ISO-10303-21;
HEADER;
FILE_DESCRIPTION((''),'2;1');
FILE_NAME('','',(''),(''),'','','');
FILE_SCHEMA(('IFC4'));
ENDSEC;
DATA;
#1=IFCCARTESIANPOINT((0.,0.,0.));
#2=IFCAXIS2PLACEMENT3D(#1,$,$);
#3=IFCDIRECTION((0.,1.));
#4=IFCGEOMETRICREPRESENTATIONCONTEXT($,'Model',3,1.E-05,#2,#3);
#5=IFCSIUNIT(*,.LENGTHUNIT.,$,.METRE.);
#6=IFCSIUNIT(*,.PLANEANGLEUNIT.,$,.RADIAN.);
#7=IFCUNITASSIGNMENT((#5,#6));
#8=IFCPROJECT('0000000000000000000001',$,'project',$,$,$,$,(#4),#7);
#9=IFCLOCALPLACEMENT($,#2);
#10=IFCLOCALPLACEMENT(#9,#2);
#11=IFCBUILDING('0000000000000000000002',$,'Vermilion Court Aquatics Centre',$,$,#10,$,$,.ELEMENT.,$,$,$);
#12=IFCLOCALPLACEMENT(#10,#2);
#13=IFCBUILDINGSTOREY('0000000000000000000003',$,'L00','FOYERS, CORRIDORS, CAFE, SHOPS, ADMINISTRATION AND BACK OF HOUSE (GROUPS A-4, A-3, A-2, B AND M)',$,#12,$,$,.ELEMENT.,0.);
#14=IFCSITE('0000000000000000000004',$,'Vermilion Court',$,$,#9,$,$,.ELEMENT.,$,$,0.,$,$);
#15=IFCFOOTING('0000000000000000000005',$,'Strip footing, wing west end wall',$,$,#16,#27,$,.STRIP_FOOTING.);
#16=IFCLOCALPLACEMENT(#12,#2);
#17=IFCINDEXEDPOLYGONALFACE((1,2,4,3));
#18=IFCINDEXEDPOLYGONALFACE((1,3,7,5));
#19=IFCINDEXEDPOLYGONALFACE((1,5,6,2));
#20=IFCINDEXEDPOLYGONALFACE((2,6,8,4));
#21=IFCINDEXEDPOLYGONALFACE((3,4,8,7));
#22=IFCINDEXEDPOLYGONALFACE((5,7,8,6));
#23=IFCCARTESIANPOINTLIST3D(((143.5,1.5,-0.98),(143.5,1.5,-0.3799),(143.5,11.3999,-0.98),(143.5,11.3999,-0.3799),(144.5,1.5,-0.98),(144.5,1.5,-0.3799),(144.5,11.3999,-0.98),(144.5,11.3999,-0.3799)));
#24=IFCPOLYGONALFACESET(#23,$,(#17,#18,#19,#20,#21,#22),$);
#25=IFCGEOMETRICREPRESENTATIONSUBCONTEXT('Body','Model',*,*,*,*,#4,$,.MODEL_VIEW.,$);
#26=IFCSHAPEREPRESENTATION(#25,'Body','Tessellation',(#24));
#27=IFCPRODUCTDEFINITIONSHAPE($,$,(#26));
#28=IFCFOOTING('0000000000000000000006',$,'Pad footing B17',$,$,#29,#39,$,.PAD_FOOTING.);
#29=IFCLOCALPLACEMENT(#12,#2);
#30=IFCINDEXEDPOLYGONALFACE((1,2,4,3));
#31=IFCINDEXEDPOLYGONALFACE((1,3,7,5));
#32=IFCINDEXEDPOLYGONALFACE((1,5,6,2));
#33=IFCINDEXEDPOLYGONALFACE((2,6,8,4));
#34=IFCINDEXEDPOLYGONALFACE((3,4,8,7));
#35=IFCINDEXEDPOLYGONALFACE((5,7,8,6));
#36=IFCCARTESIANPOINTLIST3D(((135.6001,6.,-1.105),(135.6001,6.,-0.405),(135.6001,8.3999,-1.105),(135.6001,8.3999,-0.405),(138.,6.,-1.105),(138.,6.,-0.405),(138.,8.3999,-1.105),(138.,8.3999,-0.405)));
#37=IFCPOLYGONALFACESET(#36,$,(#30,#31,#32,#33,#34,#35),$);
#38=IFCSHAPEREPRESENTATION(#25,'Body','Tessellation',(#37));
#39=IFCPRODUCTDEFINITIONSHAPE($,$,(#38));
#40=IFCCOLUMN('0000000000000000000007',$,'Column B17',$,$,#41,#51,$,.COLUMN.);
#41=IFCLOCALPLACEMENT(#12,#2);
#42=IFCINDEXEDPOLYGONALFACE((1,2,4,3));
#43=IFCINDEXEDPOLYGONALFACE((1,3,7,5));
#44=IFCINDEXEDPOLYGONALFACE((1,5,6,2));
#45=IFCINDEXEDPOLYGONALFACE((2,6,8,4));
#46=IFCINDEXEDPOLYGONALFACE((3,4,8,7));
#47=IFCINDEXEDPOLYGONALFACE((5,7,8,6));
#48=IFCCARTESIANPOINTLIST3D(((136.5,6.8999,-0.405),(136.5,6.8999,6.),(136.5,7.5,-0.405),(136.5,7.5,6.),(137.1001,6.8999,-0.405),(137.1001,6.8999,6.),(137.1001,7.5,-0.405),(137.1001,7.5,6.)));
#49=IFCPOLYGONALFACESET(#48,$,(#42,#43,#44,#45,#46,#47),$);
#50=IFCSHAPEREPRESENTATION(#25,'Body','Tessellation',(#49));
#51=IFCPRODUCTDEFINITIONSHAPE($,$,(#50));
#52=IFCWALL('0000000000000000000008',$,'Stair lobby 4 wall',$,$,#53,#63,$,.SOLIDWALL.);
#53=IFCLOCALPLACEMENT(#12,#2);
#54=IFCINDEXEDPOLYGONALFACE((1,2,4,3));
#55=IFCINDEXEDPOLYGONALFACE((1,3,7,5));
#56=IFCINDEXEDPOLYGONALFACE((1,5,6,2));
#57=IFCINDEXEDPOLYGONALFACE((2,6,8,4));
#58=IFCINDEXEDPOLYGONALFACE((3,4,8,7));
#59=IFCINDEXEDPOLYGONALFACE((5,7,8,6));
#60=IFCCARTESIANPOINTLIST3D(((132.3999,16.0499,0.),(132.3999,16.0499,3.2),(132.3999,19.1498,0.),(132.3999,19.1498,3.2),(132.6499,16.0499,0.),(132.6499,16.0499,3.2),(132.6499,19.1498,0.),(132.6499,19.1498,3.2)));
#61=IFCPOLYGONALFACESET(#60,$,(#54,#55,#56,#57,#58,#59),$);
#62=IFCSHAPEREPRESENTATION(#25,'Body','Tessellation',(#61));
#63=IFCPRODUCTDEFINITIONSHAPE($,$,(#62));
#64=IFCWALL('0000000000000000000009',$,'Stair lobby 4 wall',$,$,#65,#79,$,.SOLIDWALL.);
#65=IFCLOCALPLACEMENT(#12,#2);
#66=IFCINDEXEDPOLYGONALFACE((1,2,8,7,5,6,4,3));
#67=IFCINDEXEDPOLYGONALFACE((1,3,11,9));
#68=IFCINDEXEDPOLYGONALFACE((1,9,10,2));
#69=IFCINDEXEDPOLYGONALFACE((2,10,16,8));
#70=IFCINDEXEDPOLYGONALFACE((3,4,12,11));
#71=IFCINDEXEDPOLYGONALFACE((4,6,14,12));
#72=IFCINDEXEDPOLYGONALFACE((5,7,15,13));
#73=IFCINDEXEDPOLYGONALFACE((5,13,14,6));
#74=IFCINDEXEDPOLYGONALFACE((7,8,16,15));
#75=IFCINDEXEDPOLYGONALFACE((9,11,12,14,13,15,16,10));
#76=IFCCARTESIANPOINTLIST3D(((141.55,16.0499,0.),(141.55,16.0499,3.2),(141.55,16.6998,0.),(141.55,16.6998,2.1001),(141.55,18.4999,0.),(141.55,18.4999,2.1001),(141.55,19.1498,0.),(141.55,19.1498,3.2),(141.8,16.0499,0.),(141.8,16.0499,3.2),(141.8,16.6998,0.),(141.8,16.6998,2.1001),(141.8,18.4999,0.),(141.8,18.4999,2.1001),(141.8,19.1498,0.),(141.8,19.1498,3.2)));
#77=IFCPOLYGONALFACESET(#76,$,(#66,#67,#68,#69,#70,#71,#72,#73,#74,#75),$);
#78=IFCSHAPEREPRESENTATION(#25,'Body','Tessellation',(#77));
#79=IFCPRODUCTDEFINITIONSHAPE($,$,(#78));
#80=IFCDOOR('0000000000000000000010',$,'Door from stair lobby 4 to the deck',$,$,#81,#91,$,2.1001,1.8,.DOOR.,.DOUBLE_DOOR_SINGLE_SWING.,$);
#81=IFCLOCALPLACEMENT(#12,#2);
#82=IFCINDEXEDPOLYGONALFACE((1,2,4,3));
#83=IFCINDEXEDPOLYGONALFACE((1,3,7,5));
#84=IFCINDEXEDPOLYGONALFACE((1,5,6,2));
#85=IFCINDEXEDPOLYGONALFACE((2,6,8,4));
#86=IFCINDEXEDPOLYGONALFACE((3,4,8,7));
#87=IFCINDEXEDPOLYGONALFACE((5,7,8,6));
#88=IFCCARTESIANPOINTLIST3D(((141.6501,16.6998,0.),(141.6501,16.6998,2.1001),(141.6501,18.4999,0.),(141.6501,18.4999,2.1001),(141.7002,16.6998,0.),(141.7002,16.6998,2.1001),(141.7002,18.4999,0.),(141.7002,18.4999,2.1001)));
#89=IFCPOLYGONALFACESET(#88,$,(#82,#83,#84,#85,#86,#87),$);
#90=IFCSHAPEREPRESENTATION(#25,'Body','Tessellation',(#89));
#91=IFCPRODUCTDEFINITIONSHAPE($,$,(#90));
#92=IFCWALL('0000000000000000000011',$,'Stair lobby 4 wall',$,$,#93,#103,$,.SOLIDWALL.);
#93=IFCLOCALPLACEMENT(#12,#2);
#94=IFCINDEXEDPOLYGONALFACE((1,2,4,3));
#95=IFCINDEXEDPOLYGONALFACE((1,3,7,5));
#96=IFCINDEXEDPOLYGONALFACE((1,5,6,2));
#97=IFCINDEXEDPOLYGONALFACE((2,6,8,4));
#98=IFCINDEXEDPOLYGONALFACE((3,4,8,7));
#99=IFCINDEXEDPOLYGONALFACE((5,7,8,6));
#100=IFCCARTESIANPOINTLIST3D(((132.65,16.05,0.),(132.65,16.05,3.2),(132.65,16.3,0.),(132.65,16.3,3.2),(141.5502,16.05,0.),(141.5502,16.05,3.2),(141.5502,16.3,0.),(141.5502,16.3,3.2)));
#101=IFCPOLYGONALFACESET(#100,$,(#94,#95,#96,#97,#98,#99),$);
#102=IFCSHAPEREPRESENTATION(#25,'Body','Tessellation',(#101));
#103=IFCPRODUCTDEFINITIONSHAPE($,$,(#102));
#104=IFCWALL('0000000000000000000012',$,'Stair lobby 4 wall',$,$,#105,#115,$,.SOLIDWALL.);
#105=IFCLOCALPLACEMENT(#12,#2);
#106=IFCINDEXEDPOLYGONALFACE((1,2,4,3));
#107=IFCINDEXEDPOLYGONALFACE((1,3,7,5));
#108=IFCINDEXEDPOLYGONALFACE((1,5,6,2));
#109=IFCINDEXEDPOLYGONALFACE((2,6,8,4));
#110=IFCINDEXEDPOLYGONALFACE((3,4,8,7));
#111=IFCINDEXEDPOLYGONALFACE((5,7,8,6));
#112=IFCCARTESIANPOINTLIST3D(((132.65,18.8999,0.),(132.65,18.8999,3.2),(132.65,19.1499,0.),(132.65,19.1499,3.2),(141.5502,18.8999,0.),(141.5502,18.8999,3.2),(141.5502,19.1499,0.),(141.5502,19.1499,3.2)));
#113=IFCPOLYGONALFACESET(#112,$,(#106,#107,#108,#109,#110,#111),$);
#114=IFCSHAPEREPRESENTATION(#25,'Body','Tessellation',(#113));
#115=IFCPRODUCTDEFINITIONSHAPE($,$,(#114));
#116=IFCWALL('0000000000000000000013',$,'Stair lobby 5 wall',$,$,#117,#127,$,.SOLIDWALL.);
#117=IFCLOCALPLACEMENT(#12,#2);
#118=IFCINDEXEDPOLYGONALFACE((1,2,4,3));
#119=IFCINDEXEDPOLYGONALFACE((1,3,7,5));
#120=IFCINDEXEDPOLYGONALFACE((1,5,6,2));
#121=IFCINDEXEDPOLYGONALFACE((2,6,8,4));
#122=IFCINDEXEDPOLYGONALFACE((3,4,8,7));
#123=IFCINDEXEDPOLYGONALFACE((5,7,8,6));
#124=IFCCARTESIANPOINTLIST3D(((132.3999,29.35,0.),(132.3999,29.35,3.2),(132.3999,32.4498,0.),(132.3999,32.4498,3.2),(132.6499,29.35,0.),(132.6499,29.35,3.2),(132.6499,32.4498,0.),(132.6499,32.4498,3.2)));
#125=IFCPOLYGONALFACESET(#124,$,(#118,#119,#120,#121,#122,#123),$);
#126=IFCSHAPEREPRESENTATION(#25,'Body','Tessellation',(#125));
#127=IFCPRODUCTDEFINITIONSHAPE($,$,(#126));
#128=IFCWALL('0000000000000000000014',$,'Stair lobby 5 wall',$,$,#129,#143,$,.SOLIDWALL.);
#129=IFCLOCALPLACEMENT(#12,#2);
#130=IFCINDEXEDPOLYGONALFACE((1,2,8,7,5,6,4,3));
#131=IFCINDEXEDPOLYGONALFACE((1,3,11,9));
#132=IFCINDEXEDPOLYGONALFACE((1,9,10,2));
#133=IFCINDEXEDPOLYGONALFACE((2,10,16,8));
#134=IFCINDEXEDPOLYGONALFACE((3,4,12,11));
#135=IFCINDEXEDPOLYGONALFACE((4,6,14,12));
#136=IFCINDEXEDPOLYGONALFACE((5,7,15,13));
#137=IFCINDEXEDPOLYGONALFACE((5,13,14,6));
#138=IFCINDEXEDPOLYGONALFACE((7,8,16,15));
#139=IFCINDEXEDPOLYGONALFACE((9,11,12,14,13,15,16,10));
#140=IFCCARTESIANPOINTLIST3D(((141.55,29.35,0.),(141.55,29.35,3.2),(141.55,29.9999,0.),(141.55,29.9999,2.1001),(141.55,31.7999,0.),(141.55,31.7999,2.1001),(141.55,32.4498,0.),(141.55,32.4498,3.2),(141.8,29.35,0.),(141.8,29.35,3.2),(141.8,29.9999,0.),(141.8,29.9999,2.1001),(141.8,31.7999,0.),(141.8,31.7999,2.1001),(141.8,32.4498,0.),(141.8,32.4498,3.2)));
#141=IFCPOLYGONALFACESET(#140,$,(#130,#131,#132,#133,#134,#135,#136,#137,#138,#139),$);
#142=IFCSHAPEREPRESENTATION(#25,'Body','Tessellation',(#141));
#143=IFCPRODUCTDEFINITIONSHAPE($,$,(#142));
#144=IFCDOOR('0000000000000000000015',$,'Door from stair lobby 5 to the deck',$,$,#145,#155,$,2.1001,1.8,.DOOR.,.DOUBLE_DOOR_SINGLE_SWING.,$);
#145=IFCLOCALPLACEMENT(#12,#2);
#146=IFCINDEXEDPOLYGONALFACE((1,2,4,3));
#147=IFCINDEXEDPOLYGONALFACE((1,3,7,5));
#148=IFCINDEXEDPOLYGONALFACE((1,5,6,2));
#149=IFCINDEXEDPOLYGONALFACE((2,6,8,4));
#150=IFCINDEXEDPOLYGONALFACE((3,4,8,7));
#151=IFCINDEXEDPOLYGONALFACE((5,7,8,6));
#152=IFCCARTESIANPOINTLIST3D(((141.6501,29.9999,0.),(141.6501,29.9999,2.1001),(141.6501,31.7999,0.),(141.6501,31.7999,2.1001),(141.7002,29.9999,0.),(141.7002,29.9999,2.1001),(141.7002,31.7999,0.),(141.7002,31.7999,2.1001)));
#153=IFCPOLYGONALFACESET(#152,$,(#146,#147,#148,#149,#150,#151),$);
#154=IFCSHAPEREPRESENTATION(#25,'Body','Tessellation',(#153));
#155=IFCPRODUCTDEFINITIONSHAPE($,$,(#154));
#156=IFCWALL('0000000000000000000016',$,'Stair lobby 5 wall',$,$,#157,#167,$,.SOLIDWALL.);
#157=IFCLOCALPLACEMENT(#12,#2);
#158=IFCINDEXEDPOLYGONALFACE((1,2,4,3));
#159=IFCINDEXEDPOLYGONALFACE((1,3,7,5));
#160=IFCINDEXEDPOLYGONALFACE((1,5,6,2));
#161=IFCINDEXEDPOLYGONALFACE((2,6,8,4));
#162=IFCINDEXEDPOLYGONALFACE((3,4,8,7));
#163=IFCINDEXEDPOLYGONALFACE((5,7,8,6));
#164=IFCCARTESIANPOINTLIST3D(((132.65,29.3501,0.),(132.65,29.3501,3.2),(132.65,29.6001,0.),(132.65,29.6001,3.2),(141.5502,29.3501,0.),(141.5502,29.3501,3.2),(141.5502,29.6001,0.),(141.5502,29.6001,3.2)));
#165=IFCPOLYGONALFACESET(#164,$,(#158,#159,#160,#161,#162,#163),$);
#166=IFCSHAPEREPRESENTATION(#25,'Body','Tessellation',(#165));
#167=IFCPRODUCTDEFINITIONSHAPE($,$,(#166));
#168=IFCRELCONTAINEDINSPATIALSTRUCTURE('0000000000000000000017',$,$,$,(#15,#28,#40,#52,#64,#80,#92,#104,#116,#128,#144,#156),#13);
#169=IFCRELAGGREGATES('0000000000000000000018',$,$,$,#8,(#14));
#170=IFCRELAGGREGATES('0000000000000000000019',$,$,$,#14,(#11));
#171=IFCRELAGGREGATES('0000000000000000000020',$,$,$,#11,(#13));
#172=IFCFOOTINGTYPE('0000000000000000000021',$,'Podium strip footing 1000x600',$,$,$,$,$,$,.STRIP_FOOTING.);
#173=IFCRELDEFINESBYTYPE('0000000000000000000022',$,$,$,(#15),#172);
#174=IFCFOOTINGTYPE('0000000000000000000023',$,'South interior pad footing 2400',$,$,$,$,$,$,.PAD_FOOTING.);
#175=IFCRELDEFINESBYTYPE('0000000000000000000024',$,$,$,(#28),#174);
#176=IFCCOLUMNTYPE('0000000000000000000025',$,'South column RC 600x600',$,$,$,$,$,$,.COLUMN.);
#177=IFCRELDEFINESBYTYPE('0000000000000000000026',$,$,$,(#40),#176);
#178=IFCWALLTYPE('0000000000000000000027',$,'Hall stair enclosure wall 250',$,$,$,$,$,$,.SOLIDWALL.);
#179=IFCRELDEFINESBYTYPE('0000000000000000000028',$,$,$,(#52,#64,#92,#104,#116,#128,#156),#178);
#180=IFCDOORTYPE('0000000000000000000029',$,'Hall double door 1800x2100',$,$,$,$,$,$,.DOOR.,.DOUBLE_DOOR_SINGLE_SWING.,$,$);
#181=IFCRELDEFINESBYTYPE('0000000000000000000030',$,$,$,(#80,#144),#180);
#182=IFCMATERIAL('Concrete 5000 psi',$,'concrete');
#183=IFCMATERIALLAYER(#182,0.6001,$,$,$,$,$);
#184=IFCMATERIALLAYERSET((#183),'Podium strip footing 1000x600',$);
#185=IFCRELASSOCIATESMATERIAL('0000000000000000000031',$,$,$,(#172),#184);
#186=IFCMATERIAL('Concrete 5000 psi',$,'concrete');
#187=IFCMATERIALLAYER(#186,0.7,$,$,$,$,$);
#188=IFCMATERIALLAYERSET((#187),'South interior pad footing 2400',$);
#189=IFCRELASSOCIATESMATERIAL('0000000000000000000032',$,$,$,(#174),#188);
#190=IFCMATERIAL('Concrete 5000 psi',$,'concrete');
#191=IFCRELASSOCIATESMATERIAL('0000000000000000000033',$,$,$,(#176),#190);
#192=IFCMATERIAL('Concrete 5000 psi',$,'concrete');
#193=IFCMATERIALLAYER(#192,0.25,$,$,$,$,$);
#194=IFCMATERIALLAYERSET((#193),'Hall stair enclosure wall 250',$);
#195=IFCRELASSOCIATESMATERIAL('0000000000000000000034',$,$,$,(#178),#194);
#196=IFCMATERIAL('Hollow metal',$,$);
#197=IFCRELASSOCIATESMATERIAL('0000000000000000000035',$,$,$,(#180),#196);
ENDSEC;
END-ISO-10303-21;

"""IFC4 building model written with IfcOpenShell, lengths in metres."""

from ifc_helpers import new_model, si_unit, direction, frame, frame_2d, origin, origin_2d, place, context, subcontext, project, spatial, rectangle, extrude, material, layer, layer_set, material_profile, profile_set, type_object, element, fill, save


model = new_model("IFC4")

# Units and contexts
model_context = context("Model", 3, precision=1e-05, world=origin(), true_north=direction((0.0, 1.0)))
body_context = subcontext(model_context, "Body", "Model", "MODEL_VIEW")
ifc_project = project(units=[si_unit("LENGTHUNIT", "METRE"), si_unit("PLANEANGLEUNIT", "RADIAN")], contexts=[model_context])

# Site, building, storey
site_placement = place(None, origin())
site = spatial("IfcSite", under=ifc_project, at=site_placement, Name="Vermilion Court", CompositionType="ELEMENT", RefElevation=0.0)
building_placement = place(site_placement, origin())
building = spatial("IfcBuilding", under=site, at=building_placement, Name="Vermilion Court Aquatics Centre", CompositionType="ELEMENT")
storey_placement = place(building_placement, origin())
storey = spatial("IfcBuildingStorey", under=building, at=storey_placement, Name="L00", Description="FOYERS, CORRIDORS, CAFE, SHOPS, ADMINISTRATION AND BACK OF HOUSE (GROUPS A-4, A-3, A-2, B AND M)", CompositionType="ELEMENT", Elevation=0.0)

# Footings
ifc_material_1 = material(Name="Concrete 5000 psi", Category="concrete")
ifc_layer_1 = layer(ifc_material_1, 0.6001)
ifc_layer_set_1 = layer_set([ifc_layer_1], Name="Podium strip footing 1000x600")
footing_type_1 = type_object("IfcFootingType", Name="Podium strip footing 1000x600", PredefinedType="STRIP_FOOTING", material=ifc_layer_set_1)
footing_1_placement = place(storey_placement, frame((144.0, 6.45, -0.98), z_axis=(0.0, 0.0, 1.0), x_axis=(1.0, 0.0, 0.0)))
element("IfcFooting", 1, at=footing_1_placement, inside=storey, type_object=footing_type_1, Name="Strip footing, wing west end wall", PredefinedType="STRIP_FOOTING", context=body_context, shape_type="SweptSolid", body=[
    extrude(rectangle(XDim=1.0, YDim=9.8999, at=origin_2d()), origin(), (0.0, 0.0, 1.0), 0.6001),
])
ifc_material_2 = material(Name="Concrete 5000 psi", Category="concrete")
ifc_layer_2 = layer(ifc_material_2, 0.7)
ifc_layer_set_2 = layer_set([ifc_layer_2], Name="South interior pad footing 2400")
footing_type_2 = type_object("IfcFootingType", Name="South interior pad footing 2400", PredefinedType="PAD_FOOTING", material=ifc_layer_set_2)
footing_2_placement = place(storey_placement, frame((136.8, 7.2, -1.105), z_axis=(0.0, 0.0, 1.0), x_axis=(1.0, 0.0, 0.0)))
element("IfcFooting", 2, at=footing_2_placement, inside=storey, type_object=footing_type_2, Name="Pad footing B17", PredefinedType="PAD_FOOTING", context=body_context, shape_type="SweptSolid", body=[
    extrude(rectangle(XDim=2.3999, YDim=2.3999, at=origin_2d()), origin(), (0.0, 0.0, 1.0), 0.7),
])

# Column
ifc_material_3 = material(Name="Concrete 5000 psi", Category="concrete")
ifc_material_profile = material_profile(ifc_material_3, rectangle(XDim=0.6001, YDim=0.6001, at=origin_2d()), Name="RC 600x600")
ifc_profile_set = profile_set([ifc_material_profile], Name="Concrete 5000 psi")
column_type = type_object("IfcColumnType", Name="South column RC 600x600", PredefinedType="COLUMN", material=ifc_profile_set)
column_placement = place(storey_placement, frame((136.8, 7.2, -0.405), z_axis=(0.0, 0.0, 1.0), x_axis=(1.0, 0.0, 0.0)))
element("IfcColumn", 3, at=column_placement, inside=storey, type_object=column_type, Name="Column B17", PredefinedType="COLUMN", context=body_context, shape_type="SweptSolid", body=[
    extrude(rectangle(XDim=0.6001, YDim=0.6001, at=origin_2d()), origin(), (0.0, 0.0, 1.0), 6.405),
])

# Wall
ifc_material_4 = material(Name="Concrete 5000 psi", Category="concrete")
ifc_layer_3 = layer(ifc_material_4, 0.25)
ifc_layer_set_3 = layer_set([ifc_layer_3], Name="Hall stair enclosure wall 250")
wall_type_1 = type_object("IfcWallType", Name="Hall stair enclosure wall 250", PredefinedType="SOLIDWALL", material=ifc_layer_set_3)
wall_1_placement = place(storey_placement, frame((132.5249, 16.05, 0.0), z_axis=(0.0, 0.0, 1.0), x_axis=(0.0, 1.0, 0.0)))
element("IfcWall", 4, at=wall_1_placement, inside=storey, type_object=wall_type_1, Name="Stair lobby 4 wall", PredefinedType="SOLIDWALL", context=body_context, shape_type="SweptSolid", body=[
    extrude(rectangle(XDim=3.0999, YDim=0.25, at=frame_2d((1.5498, 0.0))), origin(), (0.0, 0.0, 1.0), 3.2),
])

# Wall, opening, door
wall_2_placement = place(storey_placement, frame((141.675, 16.05, 0.0), z_axis=(0.0, 0.0, 1.0), x_axis=(0.0, 1.0, 0.0)))
wall_2 = element("IfcWall", 5, at=wall_2_placement, inside=storey, type_object=wall_type_1, Name="Stair lobby 4 wall", PredefinedType="SOLIDWALL", context=body_context, shape_type="SweptSolid", body=[
    extrude(rectangle(XDim=3.0999, YDim=0.25, at=frame_2d((1.5498, 0.0))), origin(), (0.0, 0.0, 1.0), 3.2),
])
opening_1_placement = place(wall_2_placement, frame((0.6499, 0.0, 0.0)))
opening_1 = element("IfcOpeningElement", 6, at=opening_1_placement, cuts=wall_2, PredefinedType="OPENING", context=body_context, shape_type="SweptSolid", body=[
    extrude(rectangle(XDim=1.8, YDim=2.1001, at=frame_2d((0.8999, 1.05))), frame((0.0, 0.135, 0.0), z_axis=(0.0, -1.0, 0.0), x_axis=(1.0, 0.0, 0.0)), (0.0, 0.0, 1.0), 0.27),
])
ifc_material_5 = material(Name="Hollow metal")
door_type_1 = type_object("IfcDoorType", Name="Hall double door 1800x2100", OperationType="DOUBLE_DOOR_SINGLE_SWING", PredefinedType="DOOR", material=ifc_material_5)
door_1_placement = place(opening_1_placement, origin())
door_1 = element("IfcDoor", 7, at=door_1_placement, inside=storey, type_object=door_type_1, Name="Door from stair lobby 4 to the deck", OperationType="DOUBLE_DOOR_SINGLE_SWING", OverallHeight=2.1001, OverallWidth=1.8, PredefinedType="DOOR", context=body_context, shape_type="SweptSolid", body=[
    extrude(rectangle(XDim=1.8, YDim=2.1001, at=frame_2d((0.8999, 1.05))), frame((0.0, 0.0249, 0.0), z_axis=(0.0, -1.0, 0.0), x_axis=(1.0, 0.0, 0.0)), (0.0, 0.0, 1.0), 0.05),
])
fill(opening_1, door_1)

# Walls
for number, where, z_axis, x_axis, name in (
    (8, (132.6499, 16.175, 0.0), (0.0, 0.0, 1.0), (1.0, 0.0, 0.0), "Stair lobby 4 wall"),
    (9, (132.6499, 19.0249, 0.0), (0.0, 0.0, 1.0), (1.0, 0.0, 0.0), "Stair lobby 4 wall"),
):
    element("IfcWall", number, at=place(storey_placement, frame(where, z_axis=z_axis, x_axis=x_axis)), inside=storey, type_object=wall_type_1, Name=name, PredefinedType="SOLIDWALL", context=body_context, shape_type="SweptSolid", body=[
        extrude(rectangle(XDim=8.9001, YDim=0.25, at=frame_2d((4.4502, 0.0))), origin(), (0.0, 0.0, 1.0), 3.2),
    ])
wall_3_placement = place(storey_placement, frame((132.5249, 29.3501, 0.0), z_axis=(0.0, 0.0, 1.0), x_axis=(0.0, 1.0, 0.0)))
element("IfcWall", 10, at=wall_3_placement, inside=storey, type_object=wall_type_1, Name="Stair lobby 5 wall", PredefinedType="SOLIDWALL", context=body_context, shape_type="SweptSolid", body=[
    extrude(rectangle(XDim=3.0999, YDim=0.25, at=frame_2d((1.5498, 0.0))), origin(), (0.0, 0.0, 1.0), 3.2),
])

# Wall, opening, door
wall_4_placement = place(storey_placement, frame((141.675, 29.3501, 0.0), z_axis=(0.0, 0.0, 1.0), x_axis=(0.0, 1.0, 0.0)))
wall_4 = element("IfcWall", 11, at=wall_4_placement, inside=storey, type_object=wall_type_1, Name="Stair lobby 5 wall", PredefinedType="SOLIDWALL", context=body_context, shape_type="SweptSolid", body=[
    extrude(rectangle(XDim=3.0999, YDim=0.25, at=frame_2d((1.5498, 0.0))), origin(), (0.0, 0.0, 1.0), 3.2),
])
opening_2_placement = place(wall_4_placement, frame((0.6499, 0.0, 0.0)))
opening_2 = element("IfcOpeningElement", 12, at=opening_2_placement, cuts=wall_4, PredefinedType="OPENING", context=body_context, shape_type="SweptSolid", body=[
    extrude(rectangle(XDim=1.8, YDim=2.1001, at=frame_2d((0.8999, 1.05))), frame((0.0, 0.135, 0.0), z_axis=(0.0, -1.0, 0.0), x_axis=(1.0, 0.0, 0.0)), (0.0, 0.0, 1.0), 0.27),
])
door_2_placement = place(opening_2_placement, origin())
door_2 = element("IfcDoor", 13, at=door_2_placement, inside=storey, type_object=door_type_1, Name="Door from stair lobby 5 to the deck", OperationType="DOUBLE_DOOR_SINGLE_SWING", OverallHeight=2.1001, OverallWidth=1.8, PredefinedType="DOOR", context=body_context, shape_type="SweptSolid", body=[
    extrude(rectangle(XDim=1.8, YDim=2.1001, at=frame_2d((0.8999, 1.05))), frame((0.0, 0.0249, 0.0), z_axis=(0.0, -1.0, 0.0), x_axis=(1.0, 0.0, 0.0)), (0.0, 0.0, 1.0), 0.05),
])
fill(opening_2, door_2)

# Wall
wall_5_placement = place(storey_placement, frame((132.6499, 29.4751, 0.0), z_axis=(0.0, 0.0, 1.0), x_axis=(1.0, 0.0, 0.0)))
element("IfcWall", 14, at=wall_5_placement, inside=storey, type_object=wall_type_1, Name="Stair lobby 5 wall", PredefinedType="SOLIDWALL", context=body_context, shape_type="SweptSolid", body=[
    extrude(rectangle(XDim=8.9001, YDim=0.25, at=frame_2d((4.4502, 0.0))), origin(), (0.0, 0.0, 1.0), 3.2),
])

save(model, "model.ifc")
